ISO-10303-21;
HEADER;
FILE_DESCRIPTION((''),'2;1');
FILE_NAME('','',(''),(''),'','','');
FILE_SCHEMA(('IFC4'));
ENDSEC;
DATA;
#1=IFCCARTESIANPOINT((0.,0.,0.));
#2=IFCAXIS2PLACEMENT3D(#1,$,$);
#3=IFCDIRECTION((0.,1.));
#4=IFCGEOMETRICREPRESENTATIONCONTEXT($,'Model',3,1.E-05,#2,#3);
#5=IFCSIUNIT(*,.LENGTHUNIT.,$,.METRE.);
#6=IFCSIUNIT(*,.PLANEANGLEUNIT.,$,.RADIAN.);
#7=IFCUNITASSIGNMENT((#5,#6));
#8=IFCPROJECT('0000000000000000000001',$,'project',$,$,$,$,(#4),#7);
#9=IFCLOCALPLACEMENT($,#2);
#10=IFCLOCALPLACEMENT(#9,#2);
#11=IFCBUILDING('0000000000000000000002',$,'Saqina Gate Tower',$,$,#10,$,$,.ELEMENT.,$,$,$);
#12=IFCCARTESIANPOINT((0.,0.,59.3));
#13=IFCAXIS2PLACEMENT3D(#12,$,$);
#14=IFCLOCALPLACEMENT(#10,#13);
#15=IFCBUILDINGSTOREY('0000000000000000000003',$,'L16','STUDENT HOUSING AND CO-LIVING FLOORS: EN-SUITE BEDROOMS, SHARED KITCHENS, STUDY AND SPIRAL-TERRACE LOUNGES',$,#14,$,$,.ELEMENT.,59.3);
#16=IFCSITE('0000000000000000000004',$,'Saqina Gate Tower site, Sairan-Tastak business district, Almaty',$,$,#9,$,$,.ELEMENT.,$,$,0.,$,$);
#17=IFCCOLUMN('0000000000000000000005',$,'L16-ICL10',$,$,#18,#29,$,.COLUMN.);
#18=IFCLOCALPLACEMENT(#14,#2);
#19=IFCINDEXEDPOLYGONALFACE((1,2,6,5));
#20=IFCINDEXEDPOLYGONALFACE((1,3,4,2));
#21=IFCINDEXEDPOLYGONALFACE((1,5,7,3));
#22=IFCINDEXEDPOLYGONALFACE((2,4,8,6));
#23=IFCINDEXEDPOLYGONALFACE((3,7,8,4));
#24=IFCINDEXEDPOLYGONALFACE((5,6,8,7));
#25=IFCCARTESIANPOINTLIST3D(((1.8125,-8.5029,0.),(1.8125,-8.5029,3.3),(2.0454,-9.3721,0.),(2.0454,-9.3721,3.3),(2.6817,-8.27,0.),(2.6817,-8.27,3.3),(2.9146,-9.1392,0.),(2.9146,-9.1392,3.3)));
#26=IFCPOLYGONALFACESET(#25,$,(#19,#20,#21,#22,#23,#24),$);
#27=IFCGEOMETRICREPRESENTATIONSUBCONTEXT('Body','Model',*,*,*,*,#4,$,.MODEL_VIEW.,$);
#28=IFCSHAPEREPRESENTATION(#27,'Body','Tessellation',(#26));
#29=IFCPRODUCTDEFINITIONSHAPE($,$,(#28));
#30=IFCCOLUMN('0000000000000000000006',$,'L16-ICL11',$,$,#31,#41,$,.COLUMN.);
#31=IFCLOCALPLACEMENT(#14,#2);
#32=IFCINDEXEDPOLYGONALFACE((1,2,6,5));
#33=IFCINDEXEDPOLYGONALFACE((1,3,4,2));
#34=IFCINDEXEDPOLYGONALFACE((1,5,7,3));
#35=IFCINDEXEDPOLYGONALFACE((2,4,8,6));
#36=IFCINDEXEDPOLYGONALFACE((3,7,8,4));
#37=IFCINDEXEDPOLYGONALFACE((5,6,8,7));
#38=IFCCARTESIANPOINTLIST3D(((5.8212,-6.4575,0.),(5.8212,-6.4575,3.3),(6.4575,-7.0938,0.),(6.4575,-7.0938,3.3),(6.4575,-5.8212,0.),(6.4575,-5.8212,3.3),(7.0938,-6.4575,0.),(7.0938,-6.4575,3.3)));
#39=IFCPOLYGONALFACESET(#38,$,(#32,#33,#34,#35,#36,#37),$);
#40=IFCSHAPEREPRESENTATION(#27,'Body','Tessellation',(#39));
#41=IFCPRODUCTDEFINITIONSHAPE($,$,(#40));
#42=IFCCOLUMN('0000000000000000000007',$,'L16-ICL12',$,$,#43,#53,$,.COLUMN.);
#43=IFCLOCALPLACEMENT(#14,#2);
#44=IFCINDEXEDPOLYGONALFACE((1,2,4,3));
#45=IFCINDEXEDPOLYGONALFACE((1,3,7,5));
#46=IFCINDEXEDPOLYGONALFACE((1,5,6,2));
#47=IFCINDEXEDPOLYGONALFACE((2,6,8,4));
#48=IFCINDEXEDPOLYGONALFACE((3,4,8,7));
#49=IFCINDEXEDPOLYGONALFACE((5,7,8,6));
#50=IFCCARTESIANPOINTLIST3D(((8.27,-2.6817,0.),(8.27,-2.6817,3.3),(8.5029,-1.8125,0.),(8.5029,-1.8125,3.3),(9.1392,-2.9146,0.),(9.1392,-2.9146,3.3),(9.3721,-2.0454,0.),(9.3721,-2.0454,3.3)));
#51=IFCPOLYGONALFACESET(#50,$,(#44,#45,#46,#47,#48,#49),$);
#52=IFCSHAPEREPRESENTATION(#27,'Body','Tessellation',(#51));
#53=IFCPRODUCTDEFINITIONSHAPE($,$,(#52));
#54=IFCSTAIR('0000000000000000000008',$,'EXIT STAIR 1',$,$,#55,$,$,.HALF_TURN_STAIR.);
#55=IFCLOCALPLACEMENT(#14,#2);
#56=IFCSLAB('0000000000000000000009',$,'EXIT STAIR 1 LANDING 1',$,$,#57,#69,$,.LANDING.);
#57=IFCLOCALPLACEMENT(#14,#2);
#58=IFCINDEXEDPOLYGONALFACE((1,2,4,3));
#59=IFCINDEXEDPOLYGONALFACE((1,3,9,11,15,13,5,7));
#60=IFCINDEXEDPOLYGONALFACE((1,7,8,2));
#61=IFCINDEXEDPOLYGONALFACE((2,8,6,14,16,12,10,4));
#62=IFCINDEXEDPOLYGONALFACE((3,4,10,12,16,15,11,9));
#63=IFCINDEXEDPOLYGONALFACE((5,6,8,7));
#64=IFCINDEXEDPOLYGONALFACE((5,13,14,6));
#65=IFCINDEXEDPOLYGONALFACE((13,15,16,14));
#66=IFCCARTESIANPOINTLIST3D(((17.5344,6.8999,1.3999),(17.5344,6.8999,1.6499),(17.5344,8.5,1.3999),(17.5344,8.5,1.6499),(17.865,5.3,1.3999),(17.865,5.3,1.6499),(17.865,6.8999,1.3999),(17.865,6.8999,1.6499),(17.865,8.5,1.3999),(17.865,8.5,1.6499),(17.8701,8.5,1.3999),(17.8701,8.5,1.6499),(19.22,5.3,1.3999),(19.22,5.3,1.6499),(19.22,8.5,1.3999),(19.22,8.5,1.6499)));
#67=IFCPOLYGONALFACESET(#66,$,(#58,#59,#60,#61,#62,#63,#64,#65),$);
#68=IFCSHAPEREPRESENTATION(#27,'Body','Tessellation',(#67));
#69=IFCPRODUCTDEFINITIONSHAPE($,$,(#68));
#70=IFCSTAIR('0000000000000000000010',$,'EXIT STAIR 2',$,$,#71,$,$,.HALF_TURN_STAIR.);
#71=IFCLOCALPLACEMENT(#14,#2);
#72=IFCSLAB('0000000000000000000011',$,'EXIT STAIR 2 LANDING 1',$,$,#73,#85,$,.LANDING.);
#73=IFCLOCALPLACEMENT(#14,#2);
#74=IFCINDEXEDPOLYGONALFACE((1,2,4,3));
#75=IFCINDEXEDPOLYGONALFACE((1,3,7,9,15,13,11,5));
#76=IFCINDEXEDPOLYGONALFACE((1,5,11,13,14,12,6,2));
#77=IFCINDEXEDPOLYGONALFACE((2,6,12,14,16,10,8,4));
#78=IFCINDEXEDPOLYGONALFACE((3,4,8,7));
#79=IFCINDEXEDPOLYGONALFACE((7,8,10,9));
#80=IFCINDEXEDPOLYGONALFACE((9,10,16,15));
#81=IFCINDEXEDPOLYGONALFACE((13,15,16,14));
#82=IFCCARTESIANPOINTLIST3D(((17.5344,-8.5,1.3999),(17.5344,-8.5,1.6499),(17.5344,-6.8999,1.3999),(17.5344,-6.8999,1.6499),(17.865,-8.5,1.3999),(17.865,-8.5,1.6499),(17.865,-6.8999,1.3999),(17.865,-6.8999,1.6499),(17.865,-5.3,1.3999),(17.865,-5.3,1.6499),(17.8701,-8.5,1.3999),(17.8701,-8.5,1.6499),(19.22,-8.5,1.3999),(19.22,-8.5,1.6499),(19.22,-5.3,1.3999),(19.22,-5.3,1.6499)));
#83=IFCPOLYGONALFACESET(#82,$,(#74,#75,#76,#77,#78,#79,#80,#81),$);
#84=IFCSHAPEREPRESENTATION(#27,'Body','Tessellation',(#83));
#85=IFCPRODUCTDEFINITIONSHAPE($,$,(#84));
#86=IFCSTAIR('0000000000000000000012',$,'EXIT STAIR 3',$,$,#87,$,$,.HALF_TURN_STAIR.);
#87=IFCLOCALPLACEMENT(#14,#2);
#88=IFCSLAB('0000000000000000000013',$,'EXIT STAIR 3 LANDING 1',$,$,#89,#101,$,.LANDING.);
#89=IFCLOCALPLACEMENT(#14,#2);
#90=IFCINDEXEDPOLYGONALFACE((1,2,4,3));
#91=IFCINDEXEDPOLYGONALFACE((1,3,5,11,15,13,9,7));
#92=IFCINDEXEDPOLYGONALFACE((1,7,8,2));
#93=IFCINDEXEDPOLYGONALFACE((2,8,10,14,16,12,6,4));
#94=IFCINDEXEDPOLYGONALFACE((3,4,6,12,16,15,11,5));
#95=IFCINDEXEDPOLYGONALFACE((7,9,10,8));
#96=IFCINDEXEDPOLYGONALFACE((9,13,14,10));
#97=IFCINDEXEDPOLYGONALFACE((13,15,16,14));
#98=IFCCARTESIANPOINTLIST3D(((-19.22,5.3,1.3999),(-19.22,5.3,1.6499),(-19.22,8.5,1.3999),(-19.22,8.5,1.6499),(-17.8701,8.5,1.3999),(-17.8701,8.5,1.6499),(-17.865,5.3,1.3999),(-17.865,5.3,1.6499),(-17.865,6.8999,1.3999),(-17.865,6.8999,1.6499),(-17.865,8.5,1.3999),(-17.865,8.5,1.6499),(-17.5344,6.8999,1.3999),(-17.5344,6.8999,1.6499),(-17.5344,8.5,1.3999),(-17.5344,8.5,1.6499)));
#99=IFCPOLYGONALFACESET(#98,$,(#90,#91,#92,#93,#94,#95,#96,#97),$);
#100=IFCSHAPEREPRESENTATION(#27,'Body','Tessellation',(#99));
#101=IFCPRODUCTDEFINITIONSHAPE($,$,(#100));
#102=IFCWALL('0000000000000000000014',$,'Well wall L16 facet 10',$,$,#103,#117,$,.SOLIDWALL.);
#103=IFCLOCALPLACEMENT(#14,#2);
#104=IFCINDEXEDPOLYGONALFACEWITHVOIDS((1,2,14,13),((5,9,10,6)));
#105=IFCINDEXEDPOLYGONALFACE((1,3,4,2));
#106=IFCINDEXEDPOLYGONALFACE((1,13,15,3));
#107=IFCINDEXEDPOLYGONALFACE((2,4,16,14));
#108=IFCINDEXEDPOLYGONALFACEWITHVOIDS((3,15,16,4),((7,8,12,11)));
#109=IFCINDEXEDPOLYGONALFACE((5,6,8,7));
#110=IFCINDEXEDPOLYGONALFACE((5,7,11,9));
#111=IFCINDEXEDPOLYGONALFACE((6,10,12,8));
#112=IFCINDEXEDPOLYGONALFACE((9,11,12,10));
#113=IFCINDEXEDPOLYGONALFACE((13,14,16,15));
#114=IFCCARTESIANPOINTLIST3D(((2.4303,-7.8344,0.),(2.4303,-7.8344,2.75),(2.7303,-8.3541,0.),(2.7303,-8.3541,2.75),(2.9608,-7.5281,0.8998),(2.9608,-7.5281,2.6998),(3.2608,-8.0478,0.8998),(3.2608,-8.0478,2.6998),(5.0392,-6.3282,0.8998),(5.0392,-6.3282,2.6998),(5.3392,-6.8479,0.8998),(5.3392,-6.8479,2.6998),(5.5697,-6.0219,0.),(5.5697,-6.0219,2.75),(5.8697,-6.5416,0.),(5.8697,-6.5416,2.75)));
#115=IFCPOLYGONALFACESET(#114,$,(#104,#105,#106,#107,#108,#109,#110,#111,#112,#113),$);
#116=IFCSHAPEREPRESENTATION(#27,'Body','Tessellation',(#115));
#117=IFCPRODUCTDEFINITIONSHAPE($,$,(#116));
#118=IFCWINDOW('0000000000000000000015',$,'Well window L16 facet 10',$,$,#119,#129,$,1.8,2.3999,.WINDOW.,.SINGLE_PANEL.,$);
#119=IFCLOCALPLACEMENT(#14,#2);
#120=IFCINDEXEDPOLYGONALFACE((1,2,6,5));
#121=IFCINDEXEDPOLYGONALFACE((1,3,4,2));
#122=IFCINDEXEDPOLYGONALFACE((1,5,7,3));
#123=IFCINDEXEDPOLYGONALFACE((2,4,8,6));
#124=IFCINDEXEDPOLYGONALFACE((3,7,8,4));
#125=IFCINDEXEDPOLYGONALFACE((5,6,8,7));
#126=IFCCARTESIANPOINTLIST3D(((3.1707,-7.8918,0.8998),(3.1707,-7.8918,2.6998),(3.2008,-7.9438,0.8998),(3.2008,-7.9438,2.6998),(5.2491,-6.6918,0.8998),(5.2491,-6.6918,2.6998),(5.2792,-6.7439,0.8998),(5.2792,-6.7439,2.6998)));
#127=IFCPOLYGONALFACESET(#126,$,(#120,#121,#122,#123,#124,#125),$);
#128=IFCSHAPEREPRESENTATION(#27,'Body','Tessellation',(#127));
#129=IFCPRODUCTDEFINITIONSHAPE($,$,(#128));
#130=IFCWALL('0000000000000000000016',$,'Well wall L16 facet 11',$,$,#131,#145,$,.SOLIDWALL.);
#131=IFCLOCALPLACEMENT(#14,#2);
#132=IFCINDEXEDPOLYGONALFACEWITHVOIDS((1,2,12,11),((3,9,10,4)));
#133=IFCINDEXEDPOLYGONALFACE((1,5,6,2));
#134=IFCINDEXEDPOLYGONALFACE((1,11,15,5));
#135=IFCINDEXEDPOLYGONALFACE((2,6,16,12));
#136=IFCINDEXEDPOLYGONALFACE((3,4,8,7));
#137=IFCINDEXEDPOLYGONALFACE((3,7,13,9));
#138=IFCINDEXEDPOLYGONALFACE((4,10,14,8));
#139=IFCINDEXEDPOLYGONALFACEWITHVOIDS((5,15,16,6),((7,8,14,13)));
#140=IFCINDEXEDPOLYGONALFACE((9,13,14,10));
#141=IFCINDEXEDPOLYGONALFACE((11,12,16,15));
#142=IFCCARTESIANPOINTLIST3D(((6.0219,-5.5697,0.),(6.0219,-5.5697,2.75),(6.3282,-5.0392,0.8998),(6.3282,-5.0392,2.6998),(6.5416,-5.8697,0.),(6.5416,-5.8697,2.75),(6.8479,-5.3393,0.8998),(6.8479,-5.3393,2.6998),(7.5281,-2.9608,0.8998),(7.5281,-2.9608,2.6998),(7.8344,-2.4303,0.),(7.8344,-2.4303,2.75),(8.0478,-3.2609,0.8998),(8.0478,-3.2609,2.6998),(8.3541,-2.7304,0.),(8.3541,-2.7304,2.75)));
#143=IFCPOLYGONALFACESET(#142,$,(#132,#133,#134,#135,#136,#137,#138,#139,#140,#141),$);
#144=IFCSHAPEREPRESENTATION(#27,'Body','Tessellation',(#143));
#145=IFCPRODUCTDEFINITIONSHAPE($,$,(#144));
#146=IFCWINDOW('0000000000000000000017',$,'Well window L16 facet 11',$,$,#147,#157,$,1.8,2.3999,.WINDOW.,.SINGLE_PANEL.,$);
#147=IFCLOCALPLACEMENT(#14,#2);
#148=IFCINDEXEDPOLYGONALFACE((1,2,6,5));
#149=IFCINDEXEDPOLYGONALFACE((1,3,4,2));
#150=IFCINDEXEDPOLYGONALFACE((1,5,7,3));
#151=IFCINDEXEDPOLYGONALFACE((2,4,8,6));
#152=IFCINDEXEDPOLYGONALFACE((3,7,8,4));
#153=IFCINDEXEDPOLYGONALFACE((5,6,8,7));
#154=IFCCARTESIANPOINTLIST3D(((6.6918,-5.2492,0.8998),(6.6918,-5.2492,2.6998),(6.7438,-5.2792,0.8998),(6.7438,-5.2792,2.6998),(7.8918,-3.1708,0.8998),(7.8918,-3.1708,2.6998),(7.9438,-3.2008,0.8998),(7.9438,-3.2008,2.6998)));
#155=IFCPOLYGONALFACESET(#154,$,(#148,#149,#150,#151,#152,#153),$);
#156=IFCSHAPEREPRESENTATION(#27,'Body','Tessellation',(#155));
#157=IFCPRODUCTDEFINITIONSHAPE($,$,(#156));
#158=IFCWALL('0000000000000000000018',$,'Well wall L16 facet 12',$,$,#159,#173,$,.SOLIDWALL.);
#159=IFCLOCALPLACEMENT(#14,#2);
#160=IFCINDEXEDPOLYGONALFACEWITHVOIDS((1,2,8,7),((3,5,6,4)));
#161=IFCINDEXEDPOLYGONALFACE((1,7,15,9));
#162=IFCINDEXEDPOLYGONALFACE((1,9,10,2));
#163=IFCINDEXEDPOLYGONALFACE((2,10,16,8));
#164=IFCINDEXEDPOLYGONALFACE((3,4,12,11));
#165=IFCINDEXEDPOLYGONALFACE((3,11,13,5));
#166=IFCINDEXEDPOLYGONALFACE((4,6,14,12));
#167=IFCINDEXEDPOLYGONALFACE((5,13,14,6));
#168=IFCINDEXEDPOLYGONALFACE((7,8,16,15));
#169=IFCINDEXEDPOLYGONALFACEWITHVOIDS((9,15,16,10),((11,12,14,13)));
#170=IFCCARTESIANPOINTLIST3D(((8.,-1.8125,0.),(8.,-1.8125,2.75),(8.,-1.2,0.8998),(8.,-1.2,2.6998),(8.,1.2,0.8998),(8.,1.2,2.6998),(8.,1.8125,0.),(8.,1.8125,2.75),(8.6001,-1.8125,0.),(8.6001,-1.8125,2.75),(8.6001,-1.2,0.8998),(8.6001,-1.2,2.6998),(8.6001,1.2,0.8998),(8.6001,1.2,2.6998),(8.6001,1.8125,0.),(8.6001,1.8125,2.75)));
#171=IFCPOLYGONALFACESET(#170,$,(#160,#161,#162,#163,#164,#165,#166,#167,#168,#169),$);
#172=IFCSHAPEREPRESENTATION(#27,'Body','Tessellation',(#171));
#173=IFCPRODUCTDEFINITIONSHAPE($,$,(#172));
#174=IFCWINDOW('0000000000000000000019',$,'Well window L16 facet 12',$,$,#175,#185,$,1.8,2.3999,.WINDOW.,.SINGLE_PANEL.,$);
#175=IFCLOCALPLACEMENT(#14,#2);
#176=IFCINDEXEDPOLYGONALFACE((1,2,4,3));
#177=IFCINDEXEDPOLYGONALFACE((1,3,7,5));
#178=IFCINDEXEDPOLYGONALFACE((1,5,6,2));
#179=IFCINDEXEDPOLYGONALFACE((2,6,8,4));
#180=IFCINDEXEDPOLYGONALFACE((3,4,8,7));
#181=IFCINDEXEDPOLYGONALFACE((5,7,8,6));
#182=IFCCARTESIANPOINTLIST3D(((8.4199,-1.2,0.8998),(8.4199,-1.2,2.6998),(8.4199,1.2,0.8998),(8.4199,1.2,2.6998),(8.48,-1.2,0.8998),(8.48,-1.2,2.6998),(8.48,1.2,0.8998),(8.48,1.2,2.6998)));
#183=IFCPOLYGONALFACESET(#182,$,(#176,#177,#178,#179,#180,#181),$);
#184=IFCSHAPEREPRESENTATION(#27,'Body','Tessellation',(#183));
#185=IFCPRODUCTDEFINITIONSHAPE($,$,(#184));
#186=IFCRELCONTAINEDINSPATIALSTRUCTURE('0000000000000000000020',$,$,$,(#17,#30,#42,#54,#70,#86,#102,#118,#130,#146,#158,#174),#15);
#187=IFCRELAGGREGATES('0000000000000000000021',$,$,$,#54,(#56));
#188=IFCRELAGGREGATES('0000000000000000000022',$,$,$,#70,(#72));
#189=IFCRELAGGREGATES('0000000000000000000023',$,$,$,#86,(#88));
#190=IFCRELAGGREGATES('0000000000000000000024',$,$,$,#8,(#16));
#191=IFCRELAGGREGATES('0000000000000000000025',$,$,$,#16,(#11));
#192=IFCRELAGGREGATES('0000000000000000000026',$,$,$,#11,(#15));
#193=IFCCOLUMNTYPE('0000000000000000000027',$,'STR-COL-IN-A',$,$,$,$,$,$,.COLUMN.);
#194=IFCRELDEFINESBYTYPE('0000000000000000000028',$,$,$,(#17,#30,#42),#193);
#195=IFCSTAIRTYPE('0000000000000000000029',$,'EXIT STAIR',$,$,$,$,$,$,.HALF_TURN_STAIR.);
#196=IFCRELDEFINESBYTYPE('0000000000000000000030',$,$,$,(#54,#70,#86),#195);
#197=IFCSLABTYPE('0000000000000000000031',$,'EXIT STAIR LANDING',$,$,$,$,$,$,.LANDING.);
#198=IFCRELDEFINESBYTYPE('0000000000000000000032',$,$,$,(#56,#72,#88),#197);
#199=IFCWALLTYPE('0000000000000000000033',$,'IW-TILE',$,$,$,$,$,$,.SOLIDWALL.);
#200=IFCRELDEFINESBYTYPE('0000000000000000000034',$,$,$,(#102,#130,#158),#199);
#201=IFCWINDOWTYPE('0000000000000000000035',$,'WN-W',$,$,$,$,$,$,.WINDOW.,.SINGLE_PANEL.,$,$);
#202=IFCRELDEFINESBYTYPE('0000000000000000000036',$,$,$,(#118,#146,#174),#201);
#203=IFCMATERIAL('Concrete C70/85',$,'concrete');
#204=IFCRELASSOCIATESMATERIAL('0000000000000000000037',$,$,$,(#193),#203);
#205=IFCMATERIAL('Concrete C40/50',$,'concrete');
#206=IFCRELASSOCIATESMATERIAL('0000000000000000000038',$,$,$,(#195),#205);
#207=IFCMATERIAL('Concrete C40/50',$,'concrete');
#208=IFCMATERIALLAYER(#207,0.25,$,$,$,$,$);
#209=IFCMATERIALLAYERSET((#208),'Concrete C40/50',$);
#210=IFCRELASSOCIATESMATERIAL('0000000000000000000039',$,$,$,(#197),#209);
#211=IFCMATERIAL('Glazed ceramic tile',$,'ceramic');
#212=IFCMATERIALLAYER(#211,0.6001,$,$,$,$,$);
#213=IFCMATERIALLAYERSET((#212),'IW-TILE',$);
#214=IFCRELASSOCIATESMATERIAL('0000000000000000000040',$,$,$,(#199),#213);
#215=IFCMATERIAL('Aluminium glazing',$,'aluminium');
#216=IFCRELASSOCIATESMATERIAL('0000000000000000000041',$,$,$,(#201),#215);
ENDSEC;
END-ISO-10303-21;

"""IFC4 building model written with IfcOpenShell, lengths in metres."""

from ifc_helpers import new_model, si_unit, direction, frame, frame_2d, origin, origin_2d, place, context, subcontext, project, spatial, polyline, rectangle, outline, extrude, material, layer, layer_set, material_profile, profile_set, type_object, element, fill, aggregate, save


model = new_model("IFC4")

# Units and contexts
model_context = context("Model", 3, precision=1e-05, world=origin(), true_north=direction((0.0, 1.0)))
body_context = subcontext(model_context, "Body", "Model", "MODEL_VIEW")
ifc_project = project(units=[si_unit("LENGTHUNIT", "METRE"), si_unit("PLANEANGLEUNIT", "RADIAN")], contexts=[model_context])

# Site, building, storey
site_placement = place(None, origin())
site = spatial("IfcSite", under=ifc_project, at=site_placement, Name="Saqina Gate Tower site, Sairan-Tastak business district, Almaty", CompositionType="ELEMENT", RefElevation=0.0)
building_placement = place(site_placement, origin())
building = spatial("IfcBuilding", under=site, at=building_placement, Name="Saqina Gate Tower", CompositionType="ELEMENT")
storey_placement = place(building_placement, frame((0.0, 0.0, 59.3)))
storey = spatial("IfcBuildingStorey", under=building, at=storey_placement, Name="L16", Description="STUDENT HOUSING AND CO-LIVING FLOORS: EN-SUITE BEDROOMS, SHARED KITCHENS, STUDY AND SPIRAL-TERRACE LOUNGES", CompositionType="ELEMENT", Elevation=59.3)

# Columns
ifc_material_1 = material(Name="Concrete C70/85", Category="concrete")
ifc_material_profile = material_profile(ifc_material_1, rectangle(XDim=0.8999, YDim=0.8999, at=origin_2d()), Name="RC 900x900")
ifc_profile_set = profile_set([ifc_material_profile], Name="Concrete C70/85")
column_type = type_object("IfcColumnType", Name="STR-COL-IN-A", PredefinedType="COLUMN", material=ifc_profile_set)
for number, where, z_axis, x_axis, name in (
    (1, (2.3635, -8.821, 0.0), (0.0, 0.0, 1.0), (0.258819, -0.965926, 0.0), "L16-ICL10"),
    (2, (6.4575, -6.4575, 0.0), (0.0, 0.0, 1.0), (0.707107, -0.707107, 0.0), "L16-ICL11"),
    (3, (8.821, -2.3635, 0.0), (0.0, 0.0, 1.0), (0.965926, -0.258819, 0.0), "L16-ICL12"),
):
    element("IfcColumn", number, at=place(storey_placement, frame(where, z_axis=z_axis, x_axis=x_axis)), inside=storey, type_object=column_type, Name=name, PredefinedType="COLUMN", context=body_context, shape_type="SweptSolid", body=[
        extrude(rectangle(XDim=0.8999, YDim=0.8999, at=origin_2d()), origin(), (0.0, 0.0, 1.0), 3.3),
    ])

# Stairs, slabs
ifc_material_2 = material(Name="Concrete C40/50", Category="concrete")
stair_type = type_object("IfcStairType", Name="EXIT STAIR", PredefinedType="HALF_TURN_STAIR", material=ifc_material_2)
stair_1_placement = place(storey_placement, origin())
stair_1 = element("IfcStair", 4, at=stair_1_placement, inside=storey, type_object=stair_type, Name="EXIT STAIR 1", PredefinedType="HALF_TURN_STAIR")
ifc_material_3 = material(Name="Concrete C40/50", Category="concrete")
ifc_layer_1 = layer(ifc_material_3, 0.25)
ifc_layer_set_1 = layer_set([ifc_layer_1], Name="Concrete C40/50")
slab_type = type_object("IfcSlabType", Name="EXIT STAIR LANDING", PredefinedType="LANDING", material=ifc_layer_set_1)
slab_1_placement = place(storey_placement, frame((0.0, 0.0, 1.3999)))
slab_1 = element("IfcSlab", 5, at=slab_1_placement, type_object=slab_type, Name="EXIT STAIR 1 LANDING 1", PredefinedType="LANDING", context=body_context, shape_type="SweptSolid", body=[
    extrude(outline(polyline([(19.22, 8.5), (19.22, 5.3), (17.865, 5.3), (17.865, 6.8999), (17.5344, 6.8999), (17.5344, 8.5), (17.865, 8.5), (17.8701, 8.5), (19.22, 8.5)])), origin(), (0.0, 0.0, 1.0), 0.25),
])
aggregate(stair_1, [slab_1])
stair_2_placement = place(storey_placement, origin())
stair_2 = element("IfcStair", 6, at=stair_2_placement, inside=storey, type_object=stair_type, Name="EXIT STAIR 2", PredefinedType="HALF_TURN_STAIR")
slab_2_placement = place(storey_placement, frame((0.0, 0.0, 1.3999)))
slab_2 = element("IfcSlab", 7, at=slab_2_placement, type_object=slab_type, Name="EXIT STAIR 2 LANDING 1", PredefinedType="LANDING", context=body_context, shape_type="SweptSolid", body=[
    extrude(outline(polyline([(17.5344, -8.5), (17.5344, -6.8999), (17.865, -6.8999), (17.865, -5.3), (19.22, -5.3), (19.22, -8.5), (17.8701, -8.5), (17.865, -8.5), (17.5344, -8.5)])), origin(), (0.0, 0.0, 1.0), 0.25),
])
aggregate(stair_2, [slab_2])
stair_3_placement = place(storey_placement, origin())
stair_3 = element("IfcStair", 8, at=stair_3_placement, inside=storey, type_object=stair_type, Name="EXIT STAIR 3", PredefinedType="HALF_TURN_STAIR")
slab_3_placement = place(storey_placement, frame((0.0, 0.0, 1.3999)))
slab_3 = element("IfcSlab", 9, at=slab_3_placement, type_object=slab_type, Name="EXIT STAIR 3 LANDING 1", PredefinedType="LANDING", context=body_context, shape_type="SweptSolid", body=[
    extrude(outline(polyline([(-17.865, 5.3), (-19.22, 5.3), (-19.22, 8.5), (-17.8701, 8.5), (-17.865, 8.5), (-17.5344, 8.5), (-17.5344, 6.8999), (-17.865, 6.8999), (-17.865, 5.3)])), origin(), (0.0, 0.0, 1.0), 0.25),
])
aggregate(stair_3, [slab_3])

# Walls, openings, windows
ifc_material_4 = material(Name="Glazed ceramic tile", Category="ceramic")
ifc_layer_2 = layer(ifc_material_4, 0.6001)
ifc_layer_set_2 = layer_set([ifc_layer_2], Name="IW-TILE")
wall_type_1 = type_object("IfcWallType", Name="IW-TILE", PredefinedType="SOLIDWALL", material=ifc_layer_set_2)
wall_1_placement = place(storey_placement, frame((2.5803, -8.0942, 0.0), z_axis=(0.0, 0.0, 1.0), x_axis=(0.86603, 0.499993, 0.0)))
wall_1 = element("IfcWall", 10, at=wall_1_placement, inside=storey, type_object=wall_type_1, Name="Well wall L16 facet 10", PredefinedType="SOLIDWALL", context=body_context, shape_type="SweptSolid", body=[
    extrude(rectangle(XDim=3.625, YDim=0.6001, at=frame_2d((1.8125, 0.0))), origin(), (0.0, 0.0, 1.0), 2.75),
])
opening_1_placement = place(wall_1_placement, frame((0.6125, 0.0, 0.8999)))
opening_1 = element("IfcOpeningElement", 11, at=opening_1_placement, cuts=wall_1, PredefinedType="OPENING", context=body_context, shape_type="SweptSolid", body=[
    extrude(rectangle(XDim=2.3999, YDim=1.8, at=frame_2d((1.2, 0.8999))), frame((0.0, 0.312, 0.0), z_axis=(0.0, -1.0, 0.0), x_axis=(1.0, 0.0, 0.0)), (0.0, 0.0, 1.0), 0.624),
])
ifc_material_5 = material(Name="Aluminium glazing", Category="aluminium")
window_type = type_object("IfcWindowType", Name="WN-W", PartitioningType="SINGLE_PANEL", PredefinedType="WINDOW", material=ifc_material_5)
window_1_placement = place(opening_1_placement, origin())
window_1 = element("IfcWindow", 12, at=window_1_placement, inside=storey, type_object=window_type, Name="Well window L16 facet 10", OverallHeight=1.8, OverallWidth=2.3999, PartitioningType="SINGLE_PANEL", PredefinedType="WINDOW", context=body_context, shape_type="SweptSolid", body=[
    extrude(rectangle(XDim=2.3999, YDim=1.8, at=frame_2d((1.2, 0.8999))), frame((0.0, -0.1199, 0.0), z_axis=(0.0, -1.0, 0.0), x_axis=(1.0, 0.0, 0.0)), (0.0, 0.0, 1.0), 0.0601),
])
fill(opening_1, window_1)
wall_2_placement = place(storey_placement, frame((6.2817, -5.7197, 0.0), z_axis=(0.0, 0.0, 1.0), x_axis=(0.499993, 0.86603, 0.0)))
wall_2 = element("IfcWall", 13, at=wall_2_placement, inside=storey, type_object=wall_type_1, Name="Well wall L16 facet 11", PredefinedType="SOLIDWALL", context=body_context, shape_type="SweptSolid", body=[
    extrude(rectangle(XDim=3.625, YDim=0.6001, at=frame_2d((1.8125, 0.0))), origin(), (0.0, 0.0, 1.0), 2.75),
])
opening_2_placement = place(wall_2_placement, frame((0.6125, 0.0, 0.8999)))
opening_2 = element("IfcOpeningElement", 14, at=opening_2_placement, cuts=wall_2, PredefinedType="OPENING", context=body_context, shape_type="SweptSolid", body=[
    extrude(rectangle(XDim=2.3999, YDim=1.8, at=frame_2d((1.2, 0.8999))), frame((0.0, 0.312, 0.0), z_axis=(0.0, -1.0, 0.0), x_axis=(1.0, 0.0, 0.0)), (0.0, 0.0, 1.0), 0.624),
])
window_2_placement = place(opening_2_placement, origin())
window_2 = element("IfcWindow", 15, at=window_2_placement, inside=storey, type_object=window_type, Name="Well window L16 facet 11", OverallHeight=1.8, OverallWidth=2.3999, PartitioningType="SINGLE_PANEL", PredefinedType="WINDOW", context=body_context, shape_type="SweptSolid", body=[
    extrude(rectangle(XDim=2.3999, YDim=1.8, at=frame_2d((1.2, 0.8999))), frame((0.0, -0.1199, 0.0), z_axis=(0.0, -1.0, 0.0), x_axis=(1.0, 0.0, 0.0)), (0.0, 0.0, 1.0), 0.0601),
])
fill(opening_2, window_2)
wall_3_placement = place(storey_placement, frame((8.3, -1.8125, 0.0), z_axis=(0.0, 0.0, 1.0), x_axis=(0.0, 1.0, 0.0)))
wall_3 = element("IfcWall", 16, at=wall_3_placement, inside=storey, type_object=wall_type_1, Name="Well wall L16 facet 12", PredefinedType="SOLIDWALL", context=body_context, shape_type="SweptSolid", body=[
    extrude(rectangle(XDim=3.625, YDim=0.6001, at=frame_2d((1.8125, 0.0))), origin(), (0.0, 0.0, 1.0), 2.75),
])
opening_3_placement = place(wall_3_placement, frame((0.6125, 0.0, 0.8999)))
opening_3 = element("IfcOpeningElement", 17, at=opening_3_placement, cuts=wall_3, PredefinedType="OPENING", context=body_context, shape_type="SweptSolid", body=[
    extrude(rectangle(XDim=2.3999, YDim=1.8, at=frame_2d((1.2, 0.8999))), frame((0.0, 0.312, 0.0), z_axis=(0.0, -1.0, 0.0), x_axis=(1.0, 0.0, 0.0)), (0.0, 0.0, 1.0), 0.624),
])
window_3_placement = place(opening_3_placement, origin())
window_3 = element("IfcWindow", 18, at=window_3_placement, inside=storey, type_object=window_type, Name="Well window L16 facet 12", OverallHeight=1.8, OverallWidth=2.3999, PartitioningType="SINGLE_PANEL", PredefinedType="WINDOW", context=body_context, shape_type="SweptSolid", body=[
    extrude(rectangle(XDim=2.3999, YDim=1.8, at=frame_2d((1.2, 0.8999))), frame((0.0, -0.1199, 0.0), z_axis=(0.0, -1.0, 0.0), x_axis=(1.0, 0.0, 0.0)), (0.0, 0.0, 1.0), 0.0601),
])
fill(opening_3, window_3)

save(model, "model.ifc")
